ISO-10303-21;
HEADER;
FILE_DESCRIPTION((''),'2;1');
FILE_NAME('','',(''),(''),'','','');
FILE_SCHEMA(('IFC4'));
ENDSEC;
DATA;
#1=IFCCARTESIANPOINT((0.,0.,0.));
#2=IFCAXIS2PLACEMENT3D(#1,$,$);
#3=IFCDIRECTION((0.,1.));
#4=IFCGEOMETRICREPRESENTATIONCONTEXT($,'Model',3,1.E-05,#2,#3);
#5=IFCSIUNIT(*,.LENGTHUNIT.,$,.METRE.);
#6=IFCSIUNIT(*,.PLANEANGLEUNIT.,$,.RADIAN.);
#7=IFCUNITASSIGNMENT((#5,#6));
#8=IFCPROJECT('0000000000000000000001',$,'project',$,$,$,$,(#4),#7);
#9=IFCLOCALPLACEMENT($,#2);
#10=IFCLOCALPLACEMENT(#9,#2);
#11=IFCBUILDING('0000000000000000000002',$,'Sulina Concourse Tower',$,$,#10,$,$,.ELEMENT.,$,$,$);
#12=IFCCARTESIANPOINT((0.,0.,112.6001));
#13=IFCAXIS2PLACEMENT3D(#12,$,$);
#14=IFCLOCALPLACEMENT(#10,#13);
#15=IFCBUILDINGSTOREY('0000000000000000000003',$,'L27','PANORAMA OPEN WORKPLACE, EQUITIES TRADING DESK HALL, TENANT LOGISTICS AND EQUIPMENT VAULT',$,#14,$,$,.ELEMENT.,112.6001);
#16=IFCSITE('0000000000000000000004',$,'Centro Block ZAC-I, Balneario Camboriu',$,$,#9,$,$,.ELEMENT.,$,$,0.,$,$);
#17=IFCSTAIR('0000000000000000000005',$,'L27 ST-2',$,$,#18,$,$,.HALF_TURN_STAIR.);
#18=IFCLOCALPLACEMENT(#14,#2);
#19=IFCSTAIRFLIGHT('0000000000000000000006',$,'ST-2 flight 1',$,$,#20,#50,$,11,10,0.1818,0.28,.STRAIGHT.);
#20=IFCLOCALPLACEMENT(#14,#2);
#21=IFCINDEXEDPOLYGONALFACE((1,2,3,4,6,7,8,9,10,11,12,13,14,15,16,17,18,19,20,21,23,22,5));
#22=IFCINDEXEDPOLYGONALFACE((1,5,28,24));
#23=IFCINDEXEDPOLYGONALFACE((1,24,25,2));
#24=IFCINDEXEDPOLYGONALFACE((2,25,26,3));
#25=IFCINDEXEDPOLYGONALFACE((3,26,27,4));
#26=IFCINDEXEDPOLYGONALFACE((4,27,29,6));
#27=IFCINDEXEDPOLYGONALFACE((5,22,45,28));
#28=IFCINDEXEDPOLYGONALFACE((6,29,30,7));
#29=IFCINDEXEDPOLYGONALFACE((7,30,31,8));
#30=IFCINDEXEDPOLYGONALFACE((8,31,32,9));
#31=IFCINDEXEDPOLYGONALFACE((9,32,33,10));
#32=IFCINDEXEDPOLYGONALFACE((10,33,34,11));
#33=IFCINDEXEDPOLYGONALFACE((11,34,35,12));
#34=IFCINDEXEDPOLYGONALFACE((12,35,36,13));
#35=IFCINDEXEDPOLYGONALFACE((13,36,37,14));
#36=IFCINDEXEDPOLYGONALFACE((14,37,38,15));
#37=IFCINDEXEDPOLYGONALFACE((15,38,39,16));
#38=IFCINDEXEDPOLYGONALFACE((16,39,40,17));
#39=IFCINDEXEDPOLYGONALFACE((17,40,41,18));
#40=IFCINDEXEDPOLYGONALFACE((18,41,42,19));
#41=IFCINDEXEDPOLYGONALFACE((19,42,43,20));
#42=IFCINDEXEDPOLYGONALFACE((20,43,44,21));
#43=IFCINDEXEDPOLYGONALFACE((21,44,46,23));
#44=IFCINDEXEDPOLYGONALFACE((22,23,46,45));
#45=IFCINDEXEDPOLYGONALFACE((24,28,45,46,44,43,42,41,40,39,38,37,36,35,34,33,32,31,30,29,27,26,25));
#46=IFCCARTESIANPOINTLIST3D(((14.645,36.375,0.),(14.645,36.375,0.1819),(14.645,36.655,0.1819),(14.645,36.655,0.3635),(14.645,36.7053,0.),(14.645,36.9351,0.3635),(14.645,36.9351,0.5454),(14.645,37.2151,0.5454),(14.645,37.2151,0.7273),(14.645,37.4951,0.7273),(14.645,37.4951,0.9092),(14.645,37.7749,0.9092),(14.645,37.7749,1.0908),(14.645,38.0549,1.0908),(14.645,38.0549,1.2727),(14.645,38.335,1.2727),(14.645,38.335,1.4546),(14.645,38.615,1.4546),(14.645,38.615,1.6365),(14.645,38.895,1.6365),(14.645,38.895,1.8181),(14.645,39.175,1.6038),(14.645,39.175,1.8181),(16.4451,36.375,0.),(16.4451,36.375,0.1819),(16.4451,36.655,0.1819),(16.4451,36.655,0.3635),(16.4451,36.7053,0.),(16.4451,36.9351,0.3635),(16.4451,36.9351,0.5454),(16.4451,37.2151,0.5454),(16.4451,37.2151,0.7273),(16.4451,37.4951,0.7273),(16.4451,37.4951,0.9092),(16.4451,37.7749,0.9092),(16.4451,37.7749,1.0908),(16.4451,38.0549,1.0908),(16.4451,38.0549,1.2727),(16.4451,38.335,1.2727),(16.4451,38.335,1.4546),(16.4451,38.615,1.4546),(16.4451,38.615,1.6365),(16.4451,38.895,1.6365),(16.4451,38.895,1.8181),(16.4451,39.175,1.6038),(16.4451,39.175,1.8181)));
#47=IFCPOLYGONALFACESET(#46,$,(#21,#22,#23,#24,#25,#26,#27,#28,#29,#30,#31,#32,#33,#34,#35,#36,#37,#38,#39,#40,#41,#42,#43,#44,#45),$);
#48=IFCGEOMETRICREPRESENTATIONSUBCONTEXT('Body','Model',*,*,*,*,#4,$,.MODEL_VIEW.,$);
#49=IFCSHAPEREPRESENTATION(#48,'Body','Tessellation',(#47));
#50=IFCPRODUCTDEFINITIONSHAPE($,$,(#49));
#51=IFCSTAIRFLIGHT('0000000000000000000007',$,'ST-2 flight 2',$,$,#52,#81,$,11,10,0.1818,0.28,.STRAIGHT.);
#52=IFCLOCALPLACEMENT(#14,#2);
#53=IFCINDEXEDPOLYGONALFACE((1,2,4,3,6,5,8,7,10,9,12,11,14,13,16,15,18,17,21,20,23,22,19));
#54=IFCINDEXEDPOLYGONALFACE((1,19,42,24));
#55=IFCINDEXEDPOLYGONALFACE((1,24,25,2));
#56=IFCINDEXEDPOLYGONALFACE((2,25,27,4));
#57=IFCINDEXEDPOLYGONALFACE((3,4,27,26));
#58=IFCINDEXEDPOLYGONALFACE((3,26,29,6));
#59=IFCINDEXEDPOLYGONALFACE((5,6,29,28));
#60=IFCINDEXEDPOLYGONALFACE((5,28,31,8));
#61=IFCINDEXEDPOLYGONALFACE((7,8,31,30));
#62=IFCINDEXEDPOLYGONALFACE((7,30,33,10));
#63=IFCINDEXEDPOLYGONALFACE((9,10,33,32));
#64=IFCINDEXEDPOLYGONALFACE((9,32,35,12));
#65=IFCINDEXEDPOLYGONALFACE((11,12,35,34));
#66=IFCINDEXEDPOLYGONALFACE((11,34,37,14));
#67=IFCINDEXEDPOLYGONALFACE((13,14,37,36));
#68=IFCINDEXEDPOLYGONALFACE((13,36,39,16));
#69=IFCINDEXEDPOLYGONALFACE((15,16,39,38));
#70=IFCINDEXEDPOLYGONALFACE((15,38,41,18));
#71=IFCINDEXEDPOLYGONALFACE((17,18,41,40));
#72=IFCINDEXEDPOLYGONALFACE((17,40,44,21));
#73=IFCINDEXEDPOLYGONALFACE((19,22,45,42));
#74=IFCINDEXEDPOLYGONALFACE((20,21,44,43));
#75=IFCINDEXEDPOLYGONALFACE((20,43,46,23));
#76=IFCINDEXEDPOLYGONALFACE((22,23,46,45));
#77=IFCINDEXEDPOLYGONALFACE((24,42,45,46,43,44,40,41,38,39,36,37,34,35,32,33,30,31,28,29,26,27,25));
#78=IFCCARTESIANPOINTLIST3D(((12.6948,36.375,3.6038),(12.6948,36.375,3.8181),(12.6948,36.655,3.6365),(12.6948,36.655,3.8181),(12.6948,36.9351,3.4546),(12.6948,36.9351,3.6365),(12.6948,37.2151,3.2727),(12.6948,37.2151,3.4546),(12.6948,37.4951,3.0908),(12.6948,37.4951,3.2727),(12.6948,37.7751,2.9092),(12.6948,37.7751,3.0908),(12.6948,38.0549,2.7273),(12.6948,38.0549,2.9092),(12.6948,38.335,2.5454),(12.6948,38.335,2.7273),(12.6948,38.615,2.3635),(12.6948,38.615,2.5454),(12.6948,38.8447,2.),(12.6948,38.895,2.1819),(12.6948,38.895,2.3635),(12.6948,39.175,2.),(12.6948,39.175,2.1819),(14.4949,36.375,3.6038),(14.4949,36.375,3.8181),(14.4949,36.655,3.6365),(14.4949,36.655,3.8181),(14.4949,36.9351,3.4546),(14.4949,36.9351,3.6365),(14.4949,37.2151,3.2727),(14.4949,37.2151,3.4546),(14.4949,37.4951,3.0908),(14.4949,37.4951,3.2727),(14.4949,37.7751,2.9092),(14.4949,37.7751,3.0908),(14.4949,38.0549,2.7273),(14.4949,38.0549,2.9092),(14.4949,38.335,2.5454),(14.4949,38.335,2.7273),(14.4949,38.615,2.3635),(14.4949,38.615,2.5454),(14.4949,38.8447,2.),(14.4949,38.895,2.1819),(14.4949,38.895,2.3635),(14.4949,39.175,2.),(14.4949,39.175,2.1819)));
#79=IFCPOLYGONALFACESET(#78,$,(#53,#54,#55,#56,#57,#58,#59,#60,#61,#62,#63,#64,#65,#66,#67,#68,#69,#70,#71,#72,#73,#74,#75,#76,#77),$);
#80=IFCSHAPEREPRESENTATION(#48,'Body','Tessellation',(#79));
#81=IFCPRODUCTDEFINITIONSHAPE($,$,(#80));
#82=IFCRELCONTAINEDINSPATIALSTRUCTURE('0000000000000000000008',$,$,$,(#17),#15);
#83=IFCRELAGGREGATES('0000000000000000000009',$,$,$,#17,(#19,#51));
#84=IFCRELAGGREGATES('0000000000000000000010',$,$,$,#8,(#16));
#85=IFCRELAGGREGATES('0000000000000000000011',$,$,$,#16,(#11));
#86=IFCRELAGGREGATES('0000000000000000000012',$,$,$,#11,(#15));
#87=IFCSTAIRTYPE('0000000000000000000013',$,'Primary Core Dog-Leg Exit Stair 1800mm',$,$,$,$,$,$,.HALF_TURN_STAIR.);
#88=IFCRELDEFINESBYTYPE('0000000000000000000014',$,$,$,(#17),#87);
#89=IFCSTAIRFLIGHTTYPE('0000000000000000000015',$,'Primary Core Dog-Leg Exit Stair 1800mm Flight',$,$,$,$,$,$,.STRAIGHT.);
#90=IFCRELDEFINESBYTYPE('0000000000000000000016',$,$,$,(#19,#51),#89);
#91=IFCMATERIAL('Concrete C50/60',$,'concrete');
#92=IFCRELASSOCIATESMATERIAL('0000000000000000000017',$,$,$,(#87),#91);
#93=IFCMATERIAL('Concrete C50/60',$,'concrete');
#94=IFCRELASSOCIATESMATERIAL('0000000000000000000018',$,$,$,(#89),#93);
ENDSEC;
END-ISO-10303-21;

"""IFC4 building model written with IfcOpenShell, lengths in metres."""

from ifc_helpers import new_model, si_unit, direction, frame, origin, place, context, subcontext, project, spatial, polyline, outline, extrude, material, type_object, element, aggregate, save


model = new_model("IFC4")

# Units and contexts
model_context = context("Model", 3, precision=1e-05, world=origin(), true_north=direction((0.0, 1.0)))
body_context = subcontext(model_context, "Body", "Model", "MODEL_VIEW")
ifc_project = project(units=[si_unit("LENGTHUNIT", "METRE"), si_unit("PLANEANGLEUNIT", "RADIAN")], contexts=[model_context])

# Site, building, storey
site_placement = place(None, origin())
site = spatial("IfcSite", under=ifc_project, at=site_placement, Name="Centro Block ZAC-I, Balneario Camboriu", CompositionType="ELEMENT", RefElevation=0.0)
building_placement = place(site_placement, origin())
building = spatial("IfcBuilding", under=site, at=building_placement, Name="Sulina Concourse Tower", CompositionType="ELEMENT")
storey_placement = place(building_placement, frame((0.0, 0.0, 112.6001)))
storey = spatial("IfcBuildingStorey", under=building, at=storey_placement, Name="L27", Description="PANORAMA OPEN WORKPLACE, EQUITIES TRADING DESK HALL, TENANT LOGISTICS AND EQUIPMENT VAULT", CompositionType="ELEMENT", Elevation=112.6001)

# Stair, stair flights
ifc_material_1 = material(Name="Concrete C50/60", Category="concrete")
stair_type = type_object("IfcStairType", Name="Primary Core Dog-Leg Exit Stair 1800mm", PredefinedType="HALF_TURN_STAIR", material=ifc_material_1)
stair_placement = place(storey_placement, origin())
stair = element("IfcStair", 1, at=stair_placement, inside=storey, type_object=stair_type, Name="L27 ST-2", PredefinedType="HALF_TURN_STAIR")
ifc_material_2 = material(Name="Concrete C50/60", Category="concrete")
stair_flight_type = type_object("IfcStairFlightType", Name="Primary Core Dog-Leg Exit Stair 1800mm Flight", PredefinedType="STRAIGHT", material=ifc_material_2)
stair_flight_1_placement = place(storey_placement, frame((15.5449, 36.375, 0.0), z_axis=(0.0, 0.0, 1.0), x_axis=(0.0, 1.0, 0.0)))
stair_flight_1 = element("IfcStairFlight", 2, at=stair_flight_1_placement, type_object=stair_flight_type, Name="ST-2 flight 1", NumberOfRisers=11, NumberOfTreads=10, PredefinedType="STRAIGHT", RiserHeight=0.1818, TreadLength=0.28, context=body_context, shape_type="SweptSolid", body=[
    extrude(outline(polyline([(0.0, 0.0), (0.0, 0.1819), (0.28, 0.1819), (0.28, 0.3635), (0.5601, 0.3635), (0.5601, 0.5454), (0.8401, 0.5454), (0.8401, 0.7273), (1.1201, 0.7273), (1.1201, 0.9092), (1.3999, 0.9092), (1.3999, 1.0908), (1.6799, 1.0908), (1.6799, 1.2727), (1.96, 1.2727), (1.96, 1.4546), (2.24, 1.4546), (2.24, 1.6365), (2.52, 1.6365), (2.52, 1.8181), (2.8, 1.8181), (2.8, 2.0), (2.8, 1.6038), (0.3303, 0.0), (0.0, 0.0)])), frame((0.0, 0.8999, 0.0), z_axis=(0.0, -1.0, 0.0), x_axis=(1.0, 0.0, 0.0)), (0.0, 0.0, 1.0), 1.8),
])
stair_flight_2_placement = place(storey_placement, frame((13.595, 39.175, 2.0), z_axis=(0.0, 0.0, 1.0), x_axis=(0.0, -1.0, 0.0)))
stair_flight_2 = element("IfcStairFlight", 3, at=stair_flight_2_placement, type_object=stair_flight_type, Name="ST-2 flight 2", NumberOfRisers=11, NumberOfTreads=10, PredefinedType="STRAIGHT", RiserHeight=0.1818, TreadLength=0.28, context=body_context, shape_type="SweptSolid", body=[
    extrude(outline(polyline([(0.0, 0.0), (0.0, 0.1819), (0.28, 0.1819), (0.28, 0.3635), (0.5601, 0.3635), (0.5601, 0.5454), (0.8401, 0.5454), (0.8401, 0.7273), (1.1201, 0.7273), (1.1201, 0.9092), (1.3999, 0.9092), (1.3999, 1.0908), (1.6799, 1.0908), (1.6799, 1.2727), (1.96, 1.2727), (1.96, 1.4546), (2.24, 1.4546), (2.24, 1.6365), (2.52, 1.6365), (2.52, 1.8181), (2.8, 1.8181), (2.8, 2.0), (2.8, 1.6038), (0.3303, 0.0), (0.0, 0.0)])), frame((0.0, 0.8999, 0.0), z_axis=(0.0, -1.0, 0.0), x_axis=(1.0, 0.0, 0.0)), (0.0, 0.0, 1.0), 1.8),
])
aggregate(stair, [stair_flight_1, stair_flight_2])

save(model, "model.ifc")
